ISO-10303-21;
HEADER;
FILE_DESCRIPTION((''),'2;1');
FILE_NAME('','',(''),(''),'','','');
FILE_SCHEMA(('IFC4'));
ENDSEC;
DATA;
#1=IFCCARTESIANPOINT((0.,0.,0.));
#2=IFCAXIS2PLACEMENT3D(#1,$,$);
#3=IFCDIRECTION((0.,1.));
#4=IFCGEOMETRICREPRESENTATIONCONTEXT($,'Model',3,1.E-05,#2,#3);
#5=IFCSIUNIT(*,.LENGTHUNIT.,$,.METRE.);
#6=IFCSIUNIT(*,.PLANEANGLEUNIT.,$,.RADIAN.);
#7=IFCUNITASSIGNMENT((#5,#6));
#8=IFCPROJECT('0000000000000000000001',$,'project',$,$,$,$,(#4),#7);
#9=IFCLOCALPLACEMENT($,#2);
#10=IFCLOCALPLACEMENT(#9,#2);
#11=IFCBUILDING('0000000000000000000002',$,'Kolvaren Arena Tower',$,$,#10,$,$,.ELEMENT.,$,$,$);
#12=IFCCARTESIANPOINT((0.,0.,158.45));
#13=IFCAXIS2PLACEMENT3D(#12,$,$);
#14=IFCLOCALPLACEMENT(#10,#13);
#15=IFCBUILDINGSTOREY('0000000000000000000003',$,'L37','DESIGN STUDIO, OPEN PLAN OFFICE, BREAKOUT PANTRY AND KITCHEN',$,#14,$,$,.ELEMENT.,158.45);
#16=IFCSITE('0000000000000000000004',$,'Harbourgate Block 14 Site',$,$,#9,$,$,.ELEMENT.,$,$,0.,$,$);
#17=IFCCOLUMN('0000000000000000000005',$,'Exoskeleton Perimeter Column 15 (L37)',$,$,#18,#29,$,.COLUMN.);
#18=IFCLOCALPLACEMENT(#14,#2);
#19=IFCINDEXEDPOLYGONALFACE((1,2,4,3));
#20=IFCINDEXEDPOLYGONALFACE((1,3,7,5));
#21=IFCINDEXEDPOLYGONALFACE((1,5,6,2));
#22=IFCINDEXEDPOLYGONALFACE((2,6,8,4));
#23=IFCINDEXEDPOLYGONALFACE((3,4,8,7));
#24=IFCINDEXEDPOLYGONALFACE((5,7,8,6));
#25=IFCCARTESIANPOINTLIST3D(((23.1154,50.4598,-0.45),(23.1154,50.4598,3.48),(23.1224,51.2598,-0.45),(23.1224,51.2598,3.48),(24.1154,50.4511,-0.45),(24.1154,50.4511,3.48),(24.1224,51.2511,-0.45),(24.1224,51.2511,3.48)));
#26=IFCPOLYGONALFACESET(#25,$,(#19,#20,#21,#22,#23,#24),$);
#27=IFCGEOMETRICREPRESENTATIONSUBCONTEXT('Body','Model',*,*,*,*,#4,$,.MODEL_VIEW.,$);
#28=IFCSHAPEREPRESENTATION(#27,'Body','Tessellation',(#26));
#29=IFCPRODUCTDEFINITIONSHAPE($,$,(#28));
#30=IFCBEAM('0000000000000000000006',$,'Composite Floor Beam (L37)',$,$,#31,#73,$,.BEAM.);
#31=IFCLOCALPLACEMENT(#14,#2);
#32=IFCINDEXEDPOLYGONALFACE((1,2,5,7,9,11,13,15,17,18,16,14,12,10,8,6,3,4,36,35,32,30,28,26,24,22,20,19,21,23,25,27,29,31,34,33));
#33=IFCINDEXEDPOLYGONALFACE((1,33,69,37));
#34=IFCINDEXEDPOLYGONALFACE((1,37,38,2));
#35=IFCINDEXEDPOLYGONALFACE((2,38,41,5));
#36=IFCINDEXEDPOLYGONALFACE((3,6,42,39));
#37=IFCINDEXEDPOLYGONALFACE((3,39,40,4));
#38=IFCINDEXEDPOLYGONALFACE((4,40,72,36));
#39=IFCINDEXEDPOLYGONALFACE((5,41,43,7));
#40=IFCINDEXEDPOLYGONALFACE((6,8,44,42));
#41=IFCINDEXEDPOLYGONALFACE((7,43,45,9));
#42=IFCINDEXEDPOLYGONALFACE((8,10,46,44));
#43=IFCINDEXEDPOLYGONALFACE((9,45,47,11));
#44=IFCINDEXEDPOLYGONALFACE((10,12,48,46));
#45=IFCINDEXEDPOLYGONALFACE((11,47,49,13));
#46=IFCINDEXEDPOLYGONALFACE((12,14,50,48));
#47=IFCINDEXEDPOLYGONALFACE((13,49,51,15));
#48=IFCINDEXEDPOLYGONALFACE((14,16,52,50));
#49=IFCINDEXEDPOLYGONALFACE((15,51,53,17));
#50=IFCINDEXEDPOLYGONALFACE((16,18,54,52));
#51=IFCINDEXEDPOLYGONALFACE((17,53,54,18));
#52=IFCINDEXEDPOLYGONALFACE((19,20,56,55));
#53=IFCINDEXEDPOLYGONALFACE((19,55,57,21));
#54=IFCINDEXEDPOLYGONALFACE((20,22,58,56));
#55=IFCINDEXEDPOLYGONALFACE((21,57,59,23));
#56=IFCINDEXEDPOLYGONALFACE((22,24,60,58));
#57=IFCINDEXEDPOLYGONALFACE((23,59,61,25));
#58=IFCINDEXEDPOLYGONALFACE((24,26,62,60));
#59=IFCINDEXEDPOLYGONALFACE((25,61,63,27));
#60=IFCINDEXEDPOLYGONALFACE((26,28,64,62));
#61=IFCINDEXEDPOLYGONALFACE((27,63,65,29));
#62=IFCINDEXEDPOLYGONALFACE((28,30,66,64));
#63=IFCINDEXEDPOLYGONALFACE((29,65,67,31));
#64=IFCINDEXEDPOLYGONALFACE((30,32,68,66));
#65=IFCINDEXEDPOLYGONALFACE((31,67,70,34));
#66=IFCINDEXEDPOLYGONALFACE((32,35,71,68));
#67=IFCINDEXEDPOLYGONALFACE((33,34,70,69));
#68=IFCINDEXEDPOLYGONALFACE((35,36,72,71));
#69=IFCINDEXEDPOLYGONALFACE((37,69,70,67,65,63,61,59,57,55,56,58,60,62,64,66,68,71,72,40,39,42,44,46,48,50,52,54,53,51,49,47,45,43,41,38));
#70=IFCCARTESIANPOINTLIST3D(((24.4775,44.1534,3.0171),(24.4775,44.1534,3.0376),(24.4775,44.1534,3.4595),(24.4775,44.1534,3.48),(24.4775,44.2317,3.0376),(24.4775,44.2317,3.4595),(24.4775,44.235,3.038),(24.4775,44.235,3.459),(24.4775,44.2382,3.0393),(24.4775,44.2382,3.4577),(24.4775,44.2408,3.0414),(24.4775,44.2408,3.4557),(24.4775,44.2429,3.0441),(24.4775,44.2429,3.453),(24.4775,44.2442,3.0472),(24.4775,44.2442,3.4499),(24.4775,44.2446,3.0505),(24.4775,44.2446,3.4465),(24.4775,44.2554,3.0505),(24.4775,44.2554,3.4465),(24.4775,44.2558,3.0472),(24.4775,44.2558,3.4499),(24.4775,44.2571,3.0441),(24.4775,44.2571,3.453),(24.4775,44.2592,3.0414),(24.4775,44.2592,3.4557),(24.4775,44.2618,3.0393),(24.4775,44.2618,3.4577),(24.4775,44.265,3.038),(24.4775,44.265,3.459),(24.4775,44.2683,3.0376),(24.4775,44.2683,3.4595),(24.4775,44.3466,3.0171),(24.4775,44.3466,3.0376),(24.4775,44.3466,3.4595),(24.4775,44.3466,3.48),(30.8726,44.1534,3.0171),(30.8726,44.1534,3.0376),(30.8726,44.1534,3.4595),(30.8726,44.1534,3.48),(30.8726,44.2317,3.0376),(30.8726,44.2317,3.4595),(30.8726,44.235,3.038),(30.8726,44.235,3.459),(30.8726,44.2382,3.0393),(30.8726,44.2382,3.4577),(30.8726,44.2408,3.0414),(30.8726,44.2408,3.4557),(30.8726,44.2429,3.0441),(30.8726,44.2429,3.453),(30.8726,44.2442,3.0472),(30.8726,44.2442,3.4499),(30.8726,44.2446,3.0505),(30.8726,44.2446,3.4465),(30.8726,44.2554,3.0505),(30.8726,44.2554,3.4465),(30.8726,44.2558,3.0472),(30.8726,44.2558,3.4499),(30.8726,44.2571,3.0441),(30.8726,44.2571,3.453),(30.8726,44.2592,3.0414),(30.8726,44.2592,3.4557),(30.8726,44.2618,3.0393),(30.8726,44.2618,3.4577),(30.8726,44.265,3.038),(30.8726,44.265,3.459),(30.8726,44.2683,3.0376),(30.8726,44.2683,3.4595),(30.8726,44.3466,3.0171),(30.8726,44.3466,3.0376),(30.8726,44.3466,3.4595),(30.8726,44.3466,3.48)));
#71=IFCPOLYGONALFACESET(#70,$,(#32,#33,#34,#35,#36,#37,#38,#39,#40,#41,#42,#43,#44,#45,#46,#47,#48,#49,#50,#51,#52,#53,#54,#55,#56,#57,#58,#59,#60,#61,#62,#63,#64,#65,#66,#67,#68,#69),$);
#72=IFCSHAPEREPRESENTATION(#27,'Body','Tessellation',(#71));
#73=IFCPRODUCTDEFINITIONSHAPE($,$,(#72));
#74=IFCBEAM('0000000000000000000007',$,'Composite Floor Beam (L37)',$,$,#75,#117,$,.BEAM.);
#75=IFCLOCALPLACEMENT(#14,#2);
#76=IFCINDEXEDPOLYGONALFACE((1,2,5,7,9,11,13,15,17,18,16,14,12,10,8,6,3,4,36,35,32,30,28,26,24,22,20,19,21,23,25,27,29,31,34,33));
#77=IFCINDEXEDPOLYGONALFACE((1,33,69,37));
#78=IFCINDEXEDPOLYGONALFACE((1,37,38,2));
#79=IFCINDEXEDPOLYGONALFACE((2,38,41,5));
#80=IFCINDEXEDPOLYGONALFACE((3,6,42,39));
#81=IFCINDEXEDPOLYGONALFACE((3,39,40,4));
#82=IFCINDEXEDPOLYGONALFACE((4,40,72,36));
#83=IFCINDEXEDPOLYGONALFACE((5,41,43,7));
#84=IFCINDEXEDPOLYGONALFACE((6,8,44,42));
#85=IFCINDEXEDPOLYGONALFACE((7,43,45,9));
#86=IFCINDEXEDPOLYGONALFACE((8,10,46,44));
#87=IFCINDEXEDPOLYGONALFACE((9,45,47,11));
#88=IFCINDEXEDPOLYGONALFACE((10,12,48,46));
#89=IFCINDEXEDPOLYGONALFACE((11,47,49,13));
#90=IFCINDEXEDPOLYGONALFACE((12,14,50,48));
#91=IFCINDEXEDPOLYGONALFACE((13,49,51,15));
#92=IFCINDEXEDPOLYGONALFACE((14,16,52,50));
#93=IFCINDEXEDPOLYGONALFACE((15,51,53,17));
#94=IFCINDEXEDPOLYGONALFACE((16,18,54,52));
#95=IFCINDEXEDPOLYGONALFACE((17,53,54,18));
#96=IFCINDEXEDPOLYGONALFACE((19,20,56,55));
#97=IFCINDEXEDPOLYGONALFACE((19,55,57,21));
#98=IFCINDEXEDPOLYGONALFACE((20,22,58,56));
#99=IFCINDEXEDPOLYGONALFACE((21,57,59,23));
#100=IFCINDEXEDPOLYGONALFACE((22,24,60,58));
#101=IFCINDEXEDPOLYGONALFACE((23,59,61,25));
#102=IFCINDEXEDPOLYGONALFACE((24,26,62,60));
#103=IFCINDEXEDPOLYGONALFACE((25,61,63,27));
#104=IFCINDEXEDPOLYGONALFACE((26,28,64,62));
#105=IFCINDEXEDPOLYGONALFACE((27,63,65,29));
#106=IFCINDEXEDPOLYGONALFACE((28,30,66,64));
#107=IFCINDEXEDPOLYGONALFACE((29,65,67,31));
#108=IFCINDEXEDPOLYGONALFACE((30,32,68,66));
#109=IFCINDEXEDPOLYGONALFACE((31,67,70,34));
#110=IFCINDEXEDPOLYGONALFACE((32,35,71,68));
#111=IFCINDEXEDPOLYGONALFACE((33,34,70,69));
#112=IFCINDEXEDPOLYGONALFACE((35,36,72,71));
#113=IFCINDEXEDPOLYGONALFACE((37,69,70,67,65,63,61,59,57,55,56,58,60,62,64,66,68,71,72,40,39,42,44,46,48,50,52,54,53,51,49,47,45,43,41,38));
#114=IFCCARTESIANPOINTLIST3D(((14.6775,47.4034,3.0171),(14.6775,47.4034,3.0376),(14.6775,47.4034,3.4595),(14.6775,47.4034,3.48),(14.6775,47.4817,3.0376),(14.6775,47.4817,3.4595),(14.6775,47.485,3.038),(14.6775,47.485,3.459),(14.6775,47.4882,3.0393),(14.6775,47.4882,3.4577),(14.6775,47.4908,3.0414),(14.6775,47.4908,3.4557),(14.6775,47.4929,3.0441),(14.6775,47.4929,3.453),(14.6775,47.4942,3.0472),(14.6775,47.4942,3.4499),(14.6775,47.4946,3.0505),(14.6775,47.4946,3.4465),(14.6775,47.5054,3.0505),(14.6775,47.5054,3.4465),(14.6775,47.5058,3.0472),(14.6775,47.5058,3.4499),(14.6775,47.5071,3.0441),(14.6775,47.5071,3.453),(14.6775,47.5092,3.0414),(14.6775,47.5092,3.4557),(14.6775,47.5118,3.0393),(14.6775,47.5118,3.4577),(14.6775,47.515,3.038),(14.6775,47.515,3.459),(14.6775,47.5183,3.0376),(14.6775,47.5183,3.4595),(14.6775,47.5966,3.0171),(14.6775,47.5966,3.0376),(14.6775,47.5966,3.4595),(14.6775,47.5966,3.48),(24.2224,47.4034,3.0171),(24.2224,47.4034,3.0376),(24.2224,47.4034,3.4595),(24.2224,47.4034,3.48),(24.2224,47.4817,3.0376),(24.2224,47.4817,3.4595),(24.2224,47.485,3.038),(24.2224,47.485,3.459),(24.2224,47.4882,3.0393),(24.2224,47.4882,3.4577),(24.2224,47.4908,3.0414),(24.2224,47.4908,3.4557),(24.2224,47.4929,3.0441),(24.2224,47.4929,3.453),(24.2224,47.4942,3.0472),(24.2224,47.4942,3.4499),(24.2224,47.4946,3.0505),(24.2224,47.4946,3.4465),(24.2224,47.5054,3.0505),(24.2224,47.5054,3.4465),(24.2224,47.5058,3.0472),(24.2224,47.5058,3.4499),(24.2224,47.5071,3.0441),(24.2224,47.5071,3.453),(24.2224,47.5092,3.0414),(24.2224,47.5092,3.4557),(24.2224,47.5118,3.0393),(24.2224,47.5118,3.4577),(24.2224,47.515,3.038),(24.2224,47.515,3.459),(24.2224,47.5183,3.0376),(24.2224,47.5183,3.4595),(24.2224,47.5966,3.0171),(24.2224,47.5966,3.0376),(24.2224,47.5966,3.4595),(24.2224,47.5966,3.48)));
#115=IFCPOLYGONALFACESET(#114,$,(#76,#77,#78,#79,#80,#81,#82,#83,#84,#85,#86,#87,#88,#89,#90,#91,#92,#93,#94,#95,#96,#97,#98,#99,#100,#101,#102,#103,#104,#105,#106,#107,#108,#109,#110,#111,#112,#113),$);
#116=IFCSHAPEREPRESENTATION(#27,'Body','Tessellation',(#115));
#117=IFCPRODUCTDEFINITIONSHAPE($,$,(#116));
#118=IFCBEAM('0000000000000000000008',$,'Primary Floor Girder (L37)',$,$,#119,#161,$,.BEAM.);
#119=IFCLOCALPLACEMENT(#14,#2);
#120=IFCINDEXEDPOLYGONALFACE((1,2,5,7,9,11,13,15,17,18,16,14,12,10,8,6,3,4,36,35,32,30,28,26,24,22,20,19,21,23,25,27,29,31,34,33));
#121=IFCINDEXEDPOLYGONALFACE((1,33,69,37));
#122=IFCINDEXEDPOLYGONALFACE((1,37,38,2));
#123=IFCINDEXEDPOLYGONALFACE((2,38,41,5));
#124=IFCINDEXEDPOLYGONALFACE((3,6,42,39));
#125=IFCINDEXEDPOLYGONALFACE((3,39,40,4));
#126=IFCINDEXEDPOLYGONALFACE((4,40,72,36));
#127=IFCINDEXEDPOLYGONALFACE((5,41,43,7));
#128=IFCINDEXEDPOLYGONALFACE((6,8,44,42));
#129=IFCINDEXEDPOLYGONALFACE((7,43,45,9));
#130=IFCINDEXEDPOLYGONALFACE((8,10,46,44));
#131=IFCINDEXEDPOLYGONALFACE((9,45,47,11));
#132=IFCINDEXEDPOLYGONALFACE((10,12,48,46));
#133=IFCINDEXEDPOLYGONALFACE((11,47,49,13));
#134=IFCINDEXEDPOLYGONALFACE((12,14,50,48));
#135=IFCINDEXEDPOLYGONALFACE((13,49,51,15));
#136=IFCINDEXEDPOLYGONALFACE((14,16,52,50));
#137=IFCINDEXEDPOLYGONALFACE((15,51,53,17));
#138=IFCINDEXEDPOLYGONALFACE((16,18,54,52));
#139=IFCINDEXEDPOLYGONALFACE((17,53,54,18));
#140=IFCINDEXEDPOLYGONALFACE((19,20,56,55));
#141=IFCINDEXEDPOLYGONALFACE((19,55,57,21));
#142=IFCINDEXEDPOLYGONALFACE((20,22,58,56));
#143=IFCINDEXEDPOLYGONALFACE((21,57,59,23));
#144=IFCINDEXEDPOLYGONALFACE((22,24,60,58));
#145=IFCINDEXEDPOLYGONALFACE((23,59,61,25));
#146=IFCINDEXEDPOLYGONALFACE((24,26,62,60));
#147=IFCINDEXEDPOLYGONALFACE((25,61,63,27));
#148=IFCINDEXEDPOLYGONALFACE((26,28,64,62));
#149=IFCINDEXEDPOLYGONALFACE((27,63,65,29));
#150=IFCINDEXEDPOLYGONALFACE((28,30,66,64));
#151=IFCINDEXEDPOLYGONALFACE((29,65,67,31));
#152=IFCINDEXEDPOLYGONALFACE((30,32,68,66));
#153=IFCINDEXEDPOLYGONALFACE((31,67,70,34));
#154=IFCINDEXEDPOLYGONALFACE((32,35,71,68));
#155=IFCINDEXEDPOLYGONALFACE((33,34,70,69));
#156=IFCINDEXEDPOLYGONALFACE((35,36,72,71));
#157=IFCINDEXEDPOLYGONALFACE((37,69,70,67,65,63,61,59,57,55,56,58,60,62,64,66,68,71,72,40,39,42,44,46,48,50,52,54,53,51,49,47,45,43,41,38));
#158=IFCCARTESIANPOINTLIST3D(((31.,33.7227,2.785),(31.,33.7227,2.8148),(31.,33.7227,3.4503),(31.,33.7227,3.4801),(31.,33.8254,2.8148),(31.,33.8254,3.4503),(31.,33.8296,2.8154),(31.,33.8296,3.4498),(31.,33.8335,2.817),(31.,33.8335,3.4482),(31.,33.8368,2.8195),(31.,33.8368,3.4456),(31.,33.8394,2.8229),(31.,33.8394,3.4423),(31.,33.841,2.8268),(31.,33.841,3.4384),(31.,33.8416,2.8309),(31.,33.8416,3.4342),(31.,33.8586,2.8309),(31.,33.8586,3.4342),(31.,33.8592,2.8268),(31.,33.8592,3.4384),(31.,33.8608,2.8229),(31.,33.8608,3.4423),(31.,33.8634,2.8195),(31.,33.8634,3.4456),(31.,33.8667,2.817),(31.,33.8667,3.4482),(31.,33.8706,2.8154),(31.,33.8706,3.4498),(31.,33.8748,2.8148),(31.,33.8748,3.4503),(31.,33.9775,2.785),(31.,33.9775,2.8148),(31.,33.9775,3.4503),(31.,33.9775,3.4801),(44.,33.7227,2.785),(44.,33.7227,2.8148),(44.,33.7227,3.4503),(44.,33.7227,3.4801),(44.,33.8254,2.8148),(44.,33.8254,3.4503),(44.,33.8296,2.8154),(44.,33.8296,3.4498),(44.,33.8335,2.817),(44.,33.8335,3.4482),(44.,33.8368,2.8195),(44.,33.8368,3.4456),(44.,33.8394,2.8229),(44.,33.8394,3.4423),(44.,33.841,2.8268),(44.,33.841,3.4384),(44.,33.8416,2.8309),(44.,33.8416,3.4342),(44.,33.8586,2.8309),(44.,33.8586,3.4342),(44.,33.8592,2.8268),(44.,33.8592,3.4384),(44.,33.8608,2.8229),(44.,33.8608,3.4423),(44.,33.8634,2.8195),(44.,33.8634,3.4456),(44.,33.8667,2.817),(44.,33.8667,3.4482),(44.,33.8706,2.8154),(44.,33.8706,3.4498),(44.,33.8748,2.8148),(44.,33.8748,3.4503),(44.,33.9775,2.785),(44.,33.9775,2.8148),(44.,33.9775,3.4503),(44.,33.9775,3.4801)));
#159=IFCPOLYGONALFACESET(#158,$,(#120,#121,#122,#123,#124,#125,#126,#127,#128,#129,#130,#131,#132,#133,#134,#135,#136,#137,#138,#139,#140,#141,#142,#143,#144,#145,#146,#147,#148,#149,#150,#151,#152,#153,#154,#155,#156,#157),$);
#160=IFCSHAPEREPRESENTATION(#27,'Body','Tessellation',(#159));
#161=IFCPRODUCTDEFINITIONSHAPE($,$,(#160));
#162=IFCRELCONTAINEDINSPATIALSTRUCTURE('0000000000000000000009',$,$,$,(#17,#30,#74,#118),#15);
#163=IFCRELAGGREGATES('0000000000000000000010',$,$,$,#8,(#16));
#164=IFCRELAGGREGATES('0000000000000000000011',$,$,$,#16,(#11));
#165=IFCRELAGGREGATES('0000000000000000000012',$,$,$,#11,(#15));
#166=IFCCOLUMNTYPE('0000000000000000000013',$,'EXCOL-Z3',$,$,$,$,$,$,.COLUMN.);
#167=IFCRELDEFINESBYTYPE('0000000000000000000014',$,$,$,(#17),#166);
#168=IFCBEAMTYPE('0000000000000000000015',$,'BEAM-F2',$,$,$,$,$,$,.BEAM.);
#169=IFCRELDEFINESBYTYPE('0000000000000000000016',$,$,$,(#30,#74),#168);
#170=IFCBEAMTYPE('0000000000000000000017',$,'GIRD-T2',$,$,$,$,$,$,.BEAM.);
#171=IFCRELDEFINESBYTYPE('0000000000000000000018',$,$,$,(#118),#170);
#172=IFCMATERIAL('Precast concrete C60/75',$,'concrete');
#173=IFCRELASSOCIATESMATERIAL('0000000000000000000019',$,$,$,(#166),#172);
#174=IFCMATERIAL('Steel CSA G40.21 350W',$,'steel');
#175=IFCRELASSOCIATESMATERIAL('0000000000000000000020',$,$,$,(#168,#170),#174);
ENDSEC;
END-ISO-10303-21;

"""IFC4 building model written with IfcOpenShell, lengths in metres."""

from ifc_helpers import new_model, si_unit, direction, frame, origin, origin_2d, place, context, subcontext, project, spatial, rectangle, i_section, extrude, material, material_profile, profile_set, type_object, element, save


model = new_model("IFC4")

# Units and contexts
model_context = context("Model", 3, precision=1e-05, world=origin(), true_north=direction((0.0, 1.0)))
body_context = subcontext(model_context, "Body", "Model", "MODEL_VIEW")
ifc_project = project(units=[si_unit("LENGTHUNIT", "METRE"), si_unit("PLANEANGLEUNIT", "RADIAN")], contexts=[model_context])

# Site, building, storey
site_placement = place(None, origin())
site = spatial("IfcSite", under=ifc_project, at=site_placement, Name="Harbourgate Block 14 Site", CompositionType="ELEMENT", RefElevation=0.0)
building_placement = place(site_placement, origin())
building = spatial("IfcBuilding", under=site, at=building_placement, Name="Kolvaren Arena Tower", CompositionType="ELEMENT")
storey_placement = place(building_placement, frame((0.0, 0.0, 158.45)))
storey = spatial("IfcBuildingStorey", under=building, at=storey_placement, Name="L37", Description="DESIGN STUDIO, OPEN PLAN OFFICE, BREAKOUT PANTRY AND KITCHEN", CompositionType="ELEMENT", Elevation=158.45)

# Column
ifc_material_1 = material(Name="Precast concrete C60/75", Category="concrete")
ifc_material_profile_1 = material_profile(ifc_material_1, rectangle(XDim=1.0, YDim=0.8, at=origin_2d()), Name="RC-1000x800")
ifc_profile_set_1 = profile_set([ifc_material_profile_1], Name="Precast concrete C60/75")
column_type = type_object("IfcColumnType", Name="EXCOL-Z3", PredefinedType="COLUMN", material=ifc_profile_set_1)
column_placement = place(storey_placement, frame((23.6189, 50.8555, -0.45), z_axis=(0.0, 0.0, 1.0), x_axis=(0.999962, -0.008727, 0.0)))
element("IfcColumn", 1, at=column_placement, inside=storey, type_object=column_type, Name="Exoskeleton Perimeter Column 15 (L37)", PredefinedType="COLUMN", context=body_context, shape_type="SweptSolid", body=[
    extrude(rectangle(XDim=1.0, YDim=0.8, at=origin_2d()), origin(), (0.0, 0.0, 1.0), 3.9299),
])

# Beams
ifc_material_2 = material(Name="Steel CSA G40.21 350W", Category="steel")
ifc_material_profile_2 = material_profile(ifc_material_2, i_section(OverallWidth=0.1931, OverallDepth=0.4629, WebThickness=0.0107, FlangeThickness=0.0205, FilletRadius=0.0129, at=origin_2d()), Name="W460x113")
ifc_profile_set_2 = profile_set([ifc_material_profile_2], Name="Steel CSA G40.21 350W")
beam_type_1 = type_object("IfcBeamType", Name="BEAM-F2", PredefinedType="BEAM", material=ifc_profile_set_2)
beam_1_placement = place(storey_placement, frame((24.4775, 44.25, 3.2485), z_axis=(1.0, 0.0, 0.0), x_axis=(0.0, 1.0, 0.0)))
element("IfcBeam", 2, at=beam_1_placement, inside=storey, type_object=beam_type_1, Name="Composite Floor Beam (L37)", PredefinedType="BEAM", context=body_context, shape_type="SweptSolid", body=[
    extrude(i_section(OverallWidth=0.1931, OverallDepth=0.4629, WebThickness=0.0107, FlangeThickness=0.0205, FilletRadius=0.0129, at=origin_2d()), origin(), (0.0, 0.0, 1.0), 6.395),
])
beam_2_placement = place(storey_placement, frame((14.6775, 47.5, 3.2485), z_axis=(1.0, 0.0, 0.0), x_axis=(0.0, 1.0, 0.0)))
element("IfcBeam", 3, at=beam_2_placement, inside=storey, type_object=beam_type_1, Name="Composite Floor Beam (L37)", PredefinedType="BEAM", context=body_context, shape_type="SweptSolid", body=[
    extrude(i_section(OverallWidth=0.1931, OverallDepth=0.4629, WebThickness=0.0107, FlangeThickness=0.0205, FilletRadius=0.0129, at=origin_2d()), origin(), (0.0, 0.0, 1.0), 9.5449),
])
ifc_material_profile_3 = material_profile(ifc_material_2, i_section(OverallWidth=0.2549, OverallDepth=0.6951, WebThickness=0.0171, FlangeThickness=0.0298, FilletRadius=0.0161, at=origin_2d()), Name="W690x217")
ifc_profile_set_3 = profile_set([ifc_material_profile_3], Name="Steel CSA G40.21 350W")
beam_type_2 = type_object("IfcBeamType", Name="GIRD-T2", PredefinedType="BEAM", material=ifc_profile_set_3)
beam_3_placement = place(storey_placement, frame((31.0, 33.8501, 3.1326), z_axis=(1.0, 0.0, 0.0), x_axis=(0.0, 1.0, 0.0)))
element("IfcBeam", 4, at=beam_3_placement, inside=storey, type_object=beam_type_2, Name="Primary Floor Girder (L37)", PredefinedType="BEAM", context=body_context, shape_type="SweptSolid", body=[
    extrude(i_section(OverallWidth=0.2549, OverallDepth=0.6951, WebThickness=0.0171, FlangeThickness=0.0298, FilletRadius=0.0161, at=origin_2d()), origin(), (0.0, 0.0, 1.0), 13.0),
])

save(model, "model.ifc")
